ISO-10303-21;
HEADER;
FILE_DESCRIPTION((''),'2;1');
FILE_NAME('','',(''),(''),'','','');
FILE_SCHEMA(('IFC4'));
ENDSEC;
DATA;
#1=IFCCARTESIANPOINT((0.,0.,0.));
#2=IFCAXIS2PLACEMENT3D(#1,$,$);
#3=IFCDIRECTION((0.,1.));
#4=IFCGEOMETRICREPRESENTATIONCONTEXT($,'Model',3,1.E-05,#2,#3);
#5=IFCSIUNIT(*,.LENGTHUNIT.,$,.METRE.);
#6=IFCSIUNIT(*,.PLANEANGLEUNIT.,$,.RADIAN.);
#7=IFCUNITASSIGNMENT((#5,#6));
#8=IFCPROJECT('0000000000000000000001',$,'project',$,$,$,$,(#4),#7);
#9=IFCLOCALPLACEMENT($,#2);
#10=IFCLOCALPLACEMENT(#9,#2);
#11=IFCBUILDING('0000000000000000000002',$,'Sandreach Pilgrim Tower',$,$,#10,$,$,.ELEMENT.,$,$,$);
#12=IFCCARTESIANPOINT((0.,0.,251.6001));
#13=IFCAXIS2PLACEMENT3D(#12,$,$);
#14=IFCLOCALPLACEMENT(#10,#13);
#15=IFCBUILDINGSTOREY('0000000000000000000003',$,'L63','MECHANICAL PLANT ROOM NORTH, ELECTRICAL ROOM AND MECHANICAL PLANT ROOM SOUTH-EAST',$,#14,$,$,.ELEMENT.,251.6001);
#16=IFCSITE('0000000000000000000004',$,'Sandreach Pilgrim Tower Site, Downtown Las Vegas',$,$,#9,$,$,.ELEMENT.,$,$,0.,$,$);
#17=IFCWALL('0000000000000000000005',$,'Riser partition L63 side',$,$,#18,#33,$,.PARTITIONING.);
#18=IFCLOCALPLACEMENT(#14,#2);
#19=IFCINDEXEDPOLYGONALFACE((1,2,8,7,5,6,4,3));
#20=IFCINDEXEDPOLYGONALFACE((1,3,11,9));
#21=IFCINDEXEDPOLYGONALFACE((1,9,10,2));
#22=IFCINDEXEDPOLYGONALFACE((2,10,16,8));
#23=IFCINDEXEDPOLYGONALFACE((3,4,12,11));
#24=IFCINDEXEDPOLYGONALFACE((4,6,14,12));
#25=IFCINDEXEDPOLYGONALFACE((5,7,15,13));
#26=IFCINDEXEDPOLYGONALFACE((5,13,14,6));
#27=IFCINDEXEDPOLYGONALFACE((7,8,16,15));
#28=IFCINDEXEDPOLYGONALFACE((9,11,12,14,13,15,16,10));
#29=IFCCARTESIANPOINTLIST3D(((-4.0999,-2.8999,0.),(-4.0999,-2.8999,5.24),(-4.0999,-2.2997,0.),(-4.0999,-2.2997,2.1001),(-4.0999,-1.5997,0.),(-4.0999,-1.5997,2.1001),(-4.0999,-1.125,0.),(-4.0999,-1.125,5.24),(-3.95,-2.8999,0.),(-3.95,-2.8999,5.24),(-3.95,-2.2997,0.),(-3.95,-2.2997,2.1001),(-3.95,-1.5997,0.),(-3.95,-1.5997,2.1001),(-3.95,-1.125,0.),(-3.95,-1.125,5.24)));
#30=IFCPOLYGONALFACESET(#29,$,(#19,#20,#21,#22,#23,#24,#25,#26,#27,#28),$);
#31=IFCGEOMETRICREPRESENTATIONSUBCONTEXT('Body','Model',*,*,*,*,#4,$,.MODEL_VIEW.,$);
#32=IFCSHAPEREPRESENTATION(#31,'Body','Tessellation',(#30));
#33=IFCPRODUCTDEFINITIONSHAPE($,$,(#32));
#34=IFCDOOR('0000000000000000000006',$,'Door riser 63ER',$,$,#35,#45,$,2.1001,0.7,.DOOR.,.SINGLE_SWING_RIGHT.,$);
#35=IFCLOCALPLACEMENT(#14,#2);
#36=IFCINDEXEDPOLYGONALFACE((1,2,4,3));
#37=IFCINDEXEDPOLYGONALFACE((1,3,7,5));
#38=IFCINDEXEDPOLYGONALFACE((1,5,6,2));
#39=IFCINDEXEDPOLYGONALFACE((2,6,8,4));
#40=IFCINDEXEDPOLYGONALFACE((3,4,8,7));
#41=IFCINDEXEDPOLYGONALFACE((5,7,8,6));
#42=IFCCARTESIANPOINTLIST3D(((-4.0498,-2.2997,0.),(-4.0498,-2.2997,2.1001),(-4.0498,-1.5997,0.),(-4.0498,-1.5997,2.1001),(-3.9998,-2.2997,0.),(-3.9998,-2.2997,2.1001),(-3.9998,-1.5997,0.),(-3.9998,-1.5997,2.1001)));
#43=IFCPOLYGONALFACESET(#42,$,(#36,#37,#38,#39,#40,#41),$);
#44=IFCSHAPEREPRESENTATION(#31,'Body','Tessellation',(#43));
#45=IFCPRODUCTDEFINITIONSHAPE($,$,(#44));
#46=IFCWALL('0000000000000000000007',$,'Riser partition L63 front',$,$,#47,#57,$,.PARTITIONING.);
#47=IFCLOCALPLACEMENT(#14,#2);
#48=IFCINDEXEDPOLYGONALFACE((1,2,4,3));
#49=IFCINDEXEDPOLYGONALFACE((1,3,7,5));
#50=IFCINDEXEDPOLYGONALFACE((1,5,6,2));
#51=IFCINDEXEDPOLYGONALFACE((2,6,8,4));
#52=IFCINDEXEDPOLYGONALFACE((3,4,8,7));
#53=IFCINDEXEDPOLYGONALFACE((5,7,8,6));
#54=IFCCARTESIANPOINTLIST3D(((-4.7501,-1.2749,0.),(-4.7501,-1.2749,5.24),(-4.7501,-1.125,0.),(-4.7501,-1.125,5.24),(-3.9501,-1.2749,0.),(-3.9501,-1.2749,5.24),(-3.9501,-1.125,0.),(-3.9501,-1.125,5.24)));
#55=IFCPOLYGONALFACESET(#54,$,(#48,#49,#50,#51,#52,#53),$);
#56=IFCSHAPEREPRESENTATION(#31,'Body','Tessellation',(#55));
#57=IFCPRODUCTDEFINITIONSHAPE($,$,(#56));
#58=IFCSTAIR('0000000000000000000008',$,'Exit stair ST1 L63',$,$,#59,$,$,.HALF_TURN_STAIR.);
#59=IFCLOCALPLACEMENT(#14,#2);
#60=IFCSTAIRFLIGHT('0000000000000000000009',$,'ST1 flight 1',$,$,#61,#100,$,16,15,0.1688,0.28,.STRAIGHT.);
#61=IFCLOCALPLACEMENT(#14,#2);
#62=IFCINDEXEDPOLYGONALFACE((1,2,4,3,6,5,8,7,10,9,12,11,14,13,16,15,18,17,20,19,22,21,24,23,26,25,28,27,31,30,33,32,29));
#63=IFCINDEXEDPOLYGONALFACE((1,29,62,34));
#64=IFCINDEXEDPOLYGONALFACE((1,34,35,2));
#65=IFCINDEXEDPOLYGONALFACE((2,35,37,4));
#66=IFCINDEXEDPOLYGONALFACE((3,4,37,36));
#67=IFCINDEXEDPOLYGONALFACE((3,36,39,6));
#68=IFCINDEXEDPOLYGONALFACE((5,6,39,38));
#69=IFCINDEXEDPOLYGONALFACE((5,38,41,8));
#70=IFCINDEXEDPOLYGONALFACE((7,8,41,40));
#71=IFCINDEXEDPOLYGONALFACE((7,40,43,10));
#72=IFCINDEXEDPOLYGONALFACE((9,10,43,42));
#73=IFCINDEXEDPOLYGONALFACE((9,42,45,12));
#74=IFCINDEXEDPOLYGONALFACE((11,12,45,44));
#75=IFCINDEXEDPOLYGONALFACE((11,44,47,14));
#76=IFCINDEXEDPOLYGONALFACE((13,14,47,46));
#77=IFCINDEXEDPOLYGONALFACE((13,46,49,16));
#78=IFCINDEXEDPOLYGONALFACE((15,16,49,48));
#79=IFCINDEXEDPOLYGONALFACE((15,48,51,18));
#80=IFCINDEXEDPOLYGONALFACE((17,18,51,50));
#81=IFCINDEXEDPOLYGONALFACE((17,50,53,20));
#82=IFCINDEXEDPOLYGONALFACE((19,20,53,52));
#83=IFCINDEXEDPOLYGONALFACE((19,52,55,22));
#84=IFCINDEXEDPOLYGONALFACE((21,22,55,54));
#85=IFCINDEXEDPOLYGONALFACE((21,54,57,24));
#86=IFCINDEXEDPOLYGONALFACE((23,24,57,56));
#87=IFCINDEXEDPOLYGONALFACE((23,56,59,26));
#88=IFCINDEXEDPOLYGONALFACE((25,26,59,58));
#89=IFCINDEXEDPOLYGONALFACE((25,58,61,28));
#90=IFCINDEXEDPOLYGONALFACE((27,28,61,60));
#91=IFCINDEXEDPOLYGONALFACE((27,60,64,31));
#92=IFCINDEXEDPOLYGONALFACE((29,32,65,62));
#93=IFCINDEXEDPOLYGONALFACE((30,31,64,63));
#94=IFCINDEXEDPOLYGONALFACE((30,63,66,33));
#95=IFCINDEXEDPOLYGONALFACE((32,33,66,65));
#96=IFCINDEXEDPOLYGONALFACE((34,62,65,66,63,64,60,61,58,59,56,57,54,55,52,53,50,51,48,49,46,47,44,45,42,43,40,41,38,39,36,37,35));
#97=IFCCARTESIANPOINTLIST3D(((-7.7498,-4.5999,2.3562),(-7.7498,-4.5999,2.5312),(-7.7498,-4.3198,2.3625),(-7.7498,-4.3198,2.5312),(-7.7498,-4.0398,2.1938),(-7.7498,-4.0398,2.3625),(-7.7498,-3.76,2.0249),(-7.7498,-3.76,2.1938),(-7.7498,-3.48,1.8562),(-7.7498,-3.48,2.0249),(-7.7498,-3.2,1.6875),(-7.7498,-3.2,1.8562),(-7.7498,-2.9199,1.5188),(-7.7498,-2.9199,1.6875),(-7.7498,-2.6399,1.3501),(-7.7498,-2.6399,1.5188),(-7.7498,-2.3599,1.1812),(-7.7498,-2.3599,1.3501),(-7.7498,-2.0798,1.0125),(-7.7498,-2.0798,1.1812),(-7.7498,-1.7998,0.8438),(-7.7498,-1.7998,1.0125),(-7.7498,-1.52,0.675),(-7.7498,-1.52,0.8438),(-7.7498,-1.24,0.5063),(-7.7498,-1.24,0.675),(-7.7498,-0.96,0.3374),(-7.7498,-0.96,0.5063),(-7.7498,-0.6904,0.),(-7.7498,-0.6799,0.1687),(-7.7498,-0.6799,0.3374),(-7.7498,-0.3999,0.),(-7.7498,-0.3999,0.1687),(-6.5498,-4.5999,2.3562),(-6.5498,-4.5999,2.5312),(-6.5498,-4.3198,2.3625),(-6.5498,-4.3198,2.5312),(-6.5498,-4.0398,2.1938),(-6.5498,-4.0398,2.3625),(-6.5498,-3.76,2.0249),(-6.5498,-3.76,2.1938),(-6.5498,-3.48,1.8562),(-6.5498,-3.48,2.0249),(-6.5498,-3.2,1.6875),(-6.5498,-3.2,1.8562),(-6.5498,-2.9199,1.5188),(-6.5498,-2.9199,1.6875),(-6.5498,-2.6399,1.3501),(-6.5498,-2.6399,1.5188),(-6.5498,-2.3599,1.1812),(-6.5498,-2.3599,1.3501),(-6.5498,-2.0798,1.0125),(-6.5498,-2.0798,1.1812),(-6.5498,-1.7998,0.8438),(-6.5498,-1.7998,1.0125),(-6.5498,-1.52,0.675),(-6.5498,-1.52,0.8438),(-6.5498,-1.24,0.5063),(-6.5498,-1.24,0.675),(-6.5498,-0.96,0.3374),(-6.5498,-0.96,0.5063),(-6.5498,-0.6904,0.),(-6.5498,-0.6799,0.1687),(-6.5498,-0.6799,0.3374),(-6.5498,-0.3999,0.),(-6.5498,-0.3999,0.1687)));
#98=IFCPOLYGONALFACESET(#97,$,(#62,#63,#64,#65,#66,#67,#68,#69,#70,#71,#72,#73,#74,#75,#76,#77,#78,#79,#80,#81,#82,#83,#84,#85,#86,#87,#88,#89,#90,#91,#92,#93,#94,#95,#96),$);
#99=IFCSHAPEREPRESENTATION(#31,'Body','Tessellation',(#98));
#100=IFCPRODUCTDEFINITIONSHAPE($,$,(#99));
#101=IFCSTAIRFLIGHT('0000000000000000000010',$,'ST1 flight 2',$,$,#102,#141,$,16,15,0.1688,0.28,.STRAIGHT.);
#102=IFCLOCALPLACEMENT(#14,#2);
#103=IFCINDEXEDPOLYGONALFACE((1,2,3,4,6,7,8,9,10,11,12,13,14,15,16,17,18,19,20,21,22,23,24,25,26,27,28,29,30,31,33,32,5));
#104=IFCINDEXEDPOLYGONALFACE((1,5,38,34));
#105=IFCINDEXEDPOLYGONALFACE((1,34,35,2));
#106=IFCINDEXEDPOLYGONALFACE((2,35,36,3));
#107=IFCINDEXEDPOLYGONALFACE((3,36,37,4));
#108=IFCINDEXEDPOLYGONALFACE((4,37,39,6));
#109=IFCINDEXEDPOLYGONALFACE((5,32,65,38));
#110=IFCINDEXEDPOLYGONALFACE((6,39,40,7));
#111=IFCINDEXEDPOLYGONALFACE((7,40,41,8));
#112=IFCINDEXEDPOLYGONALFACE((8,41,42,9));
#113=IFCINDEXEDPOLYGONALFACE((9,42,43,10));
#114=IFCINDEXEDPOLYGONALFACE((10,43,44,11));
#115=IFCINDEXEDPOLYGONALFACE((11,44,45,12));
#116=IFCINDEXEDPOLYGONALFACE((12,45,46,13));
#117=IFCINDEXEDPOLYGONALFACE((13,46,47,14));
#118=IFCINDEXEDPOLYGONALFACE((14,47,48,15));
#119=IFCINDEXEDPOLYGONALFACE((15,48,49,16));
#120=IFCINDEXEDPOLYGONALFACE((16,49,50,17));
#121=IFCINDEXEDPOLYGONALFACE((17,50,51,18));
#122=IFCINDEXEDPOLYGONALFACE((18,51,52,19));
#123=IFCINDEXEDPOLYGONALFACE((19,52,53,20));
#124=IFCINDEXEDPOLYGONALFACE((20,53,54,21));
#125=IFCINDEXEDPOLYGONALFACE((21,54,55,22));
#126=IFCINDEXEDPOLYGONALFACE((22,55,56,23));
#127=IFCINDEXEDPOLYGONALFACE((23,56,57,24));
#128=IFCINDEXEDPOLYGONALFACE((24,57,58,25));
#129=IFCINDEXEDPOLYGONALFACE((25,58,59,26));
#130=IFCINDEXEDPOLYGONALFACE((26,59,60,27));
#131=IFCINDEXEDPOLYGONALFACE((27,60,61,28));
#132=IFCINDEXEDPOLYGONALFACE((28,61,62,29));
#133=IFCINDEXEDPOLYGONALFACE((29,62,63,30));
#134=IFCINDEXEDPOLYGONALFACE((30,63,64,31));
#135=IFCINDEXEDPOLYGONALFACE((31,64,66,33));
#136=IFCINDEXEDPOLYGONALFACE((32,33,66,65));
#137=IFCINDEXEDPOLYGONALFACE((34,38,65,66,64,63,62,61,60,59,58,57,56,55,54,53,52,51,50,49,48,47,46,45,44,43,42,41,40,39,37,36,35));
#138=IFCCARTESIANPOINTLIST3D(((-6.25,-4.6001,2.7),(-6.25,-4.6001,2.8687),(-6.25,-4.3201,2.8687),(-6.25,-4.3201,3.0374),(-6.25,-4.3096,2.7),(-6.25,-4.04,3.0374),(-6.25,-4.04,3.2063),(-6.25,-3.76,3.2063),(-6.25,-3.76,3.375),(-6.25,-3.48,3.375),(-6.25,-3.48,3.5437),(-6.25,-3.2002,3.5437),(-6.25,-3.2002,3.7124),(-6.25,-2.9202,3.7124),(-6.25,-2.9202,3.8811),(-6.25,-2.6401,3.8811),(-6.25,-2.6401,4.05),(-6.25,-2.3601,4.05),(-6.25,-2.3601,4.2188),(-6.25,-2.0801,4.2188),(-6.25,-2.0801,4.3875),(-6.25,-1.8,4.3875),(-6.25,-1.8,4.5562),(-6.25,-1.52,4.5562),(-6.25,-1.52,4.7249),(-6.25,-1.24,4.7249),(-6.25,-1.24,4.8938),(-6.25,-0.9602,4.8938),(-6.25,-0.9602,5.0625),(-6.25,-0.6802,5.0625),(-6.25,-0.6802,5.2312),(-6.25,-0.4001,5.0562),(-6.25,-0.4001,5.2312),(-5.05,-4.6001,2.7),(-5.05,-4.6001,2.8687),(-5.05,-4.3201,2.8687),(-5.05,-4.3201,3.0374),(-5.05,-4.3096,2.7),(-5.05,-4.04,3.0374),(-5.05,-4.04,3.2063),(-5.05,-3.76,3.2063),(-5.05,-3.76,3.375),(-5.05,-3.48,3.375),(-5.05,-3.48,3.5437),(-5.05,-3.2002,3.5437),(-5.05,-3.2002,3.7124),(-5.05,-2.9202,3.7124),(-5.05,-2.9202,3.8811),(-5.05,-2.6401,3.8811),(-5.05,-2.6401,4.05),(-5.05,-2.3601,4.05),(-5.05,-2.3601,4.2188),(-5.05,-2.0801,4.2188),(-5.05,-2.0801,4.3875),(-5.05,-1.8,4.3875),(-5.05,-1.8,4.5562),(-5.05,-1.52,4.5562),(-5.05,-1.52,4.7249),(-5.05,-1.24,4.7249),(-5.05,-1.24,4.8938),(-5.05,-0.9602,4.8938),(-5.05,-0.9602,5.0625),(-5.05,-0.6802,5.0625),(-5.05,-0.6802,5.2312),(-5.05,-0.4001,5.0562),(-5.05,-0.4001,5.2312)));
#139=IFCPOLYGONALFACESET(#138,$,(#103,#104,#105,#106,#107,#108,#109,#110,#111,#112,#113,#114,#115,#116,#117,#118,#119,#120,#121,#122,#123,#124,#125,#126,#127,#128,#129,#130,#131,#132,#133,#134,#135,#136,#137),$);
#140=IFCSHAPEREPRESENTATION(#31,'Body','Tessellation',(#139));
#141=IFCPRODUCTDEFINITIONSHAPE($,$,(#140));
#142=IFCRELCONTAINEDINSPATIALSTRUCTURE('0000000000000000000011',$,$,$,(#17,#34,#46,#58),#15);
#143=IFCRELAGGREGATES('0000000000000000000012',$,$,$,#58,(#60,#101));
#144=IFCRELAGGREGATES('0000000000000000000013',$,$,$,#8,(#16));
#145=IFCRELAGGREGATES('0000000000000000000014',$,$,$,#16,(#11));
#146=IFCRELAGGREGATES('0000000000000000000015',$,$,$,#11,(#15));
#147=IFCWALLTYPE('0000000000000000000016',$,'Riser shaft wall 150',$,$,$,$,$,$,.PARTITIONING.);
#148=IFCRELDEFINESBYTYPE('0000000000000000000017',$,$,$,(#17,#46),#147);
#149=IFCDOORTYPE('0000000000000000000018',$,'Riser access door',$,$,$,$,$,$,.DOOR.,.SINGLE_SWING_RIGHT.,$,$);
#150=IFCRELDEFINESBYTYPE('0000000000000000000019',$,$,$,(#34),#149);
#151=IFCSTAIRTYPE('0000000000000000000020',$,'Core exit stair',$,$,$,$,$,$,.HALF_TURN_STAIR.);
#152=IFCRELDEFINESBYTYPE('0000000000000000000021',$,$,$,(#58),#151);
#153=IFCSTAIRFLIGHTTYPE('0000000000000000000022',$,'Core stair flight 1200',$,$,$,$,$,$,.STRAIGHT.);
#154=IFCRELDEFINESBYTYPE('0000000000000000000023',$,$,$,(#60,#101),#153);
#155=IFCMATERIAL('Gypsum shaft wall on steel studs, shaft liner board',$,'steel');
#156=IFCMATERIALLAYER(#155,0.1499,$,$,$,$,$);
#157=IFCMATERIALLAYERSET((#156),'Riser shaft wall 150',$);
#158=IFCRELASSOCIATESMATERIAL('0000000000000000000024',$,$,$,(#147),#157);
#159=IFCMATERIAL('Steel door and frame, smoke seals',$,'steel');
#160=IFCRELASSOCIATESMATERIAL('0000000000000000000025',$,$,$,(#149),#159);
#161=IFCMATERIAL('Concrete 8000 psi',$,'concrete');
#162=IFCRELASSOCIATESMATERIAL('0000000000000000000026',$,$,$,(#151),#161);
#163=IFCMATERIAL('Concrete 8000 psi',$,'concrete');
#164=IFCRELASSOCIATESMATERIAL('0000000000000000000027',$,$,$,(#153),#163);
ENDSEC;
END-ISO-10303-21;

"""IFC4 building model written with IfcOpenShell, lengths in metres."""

from ifc_helpers import new_model, si_unit, direction, frame, frame_2d, origin, place, context, subcontext, project, spatial, polyline, rectangle, outline, extrude, material, layer, layer_set, type_object, element, fill, aggregate, save


model = new_model("IFC4")

# Units and contexts
model_context = context("Model", 3, precision=1e-05, world=origin(), true_north=direction((0.0, 1.0)))
body_context = subcontext(model_context, "Body", "Model", "MODEL_VIEW")
ifc_project = project(units=[si_unit("LENGTHUNIT", "METRE"), si_unit("PLANEANGLEUNIT", "RADIAN")], contexts=[model_context])

# Site, building, storey
site_placement = place(None, origin())
site = spatial("IfcSite", under=ifc_project, at=site_placement, Name="Sandreach Pilgrim Tower Site, Downtown Las Vegas", CompositionType="ELEMENT", RefElevation=0.0)
building_placement = place(site_placement, origin())
building = spatial("IfcBuilding", under=site, at=building_placement, Name="Sandreach Pilgrim Tower", CompositionType="ELEMENT")
storey_placement = place(building_placement, frame((0.0, 0.0, 251.6001)))
storey = spatial("IfcBuildingStorey", under=building, at=storey_placement, Name="L63", Description="MECHANICAL PLANT ROOM NORTH, ELECTRICAL ROOM AND MECHANICAL PLANT ROOM SOUTH-EAST", CompositionType="ELEMENT", Elevation=251.6001)

# Wall, opening, door
ifc_material_1 = material(Name="Gypsum shaft wall on steel studs, shaft liner board", Category="steel")
ifc_layer_1 = layer(ifc_material_1, 0.1499)
ifc_layer_set_1 = layer_set([ifc_layer_1], Name="Riser shaft wall 150")
wall_type_1 = type_object("IfcWallType", Name="Riser shaft wall 150", PredefinedType="PARTITIONING", material=ifc_layer_set_1)
wall_1_placement = place(storey_placement, frame((-4.0249, -2.8999, 0.0), z_axis=(0.0, 0.0, 1.0), x_axis=(0.0, 1.0, 0.0)))
wall_1 = element("IfcWall", 1, at=wall_1_placement, inside=storey, type_object=wall_type_1, Name="Riser partition L63 side", PredefinedType="PARTITIONING", context=body_context, shape_type="SweptSolid", body=[
    extrude(rectangle(XDim=1.7749, YDim=0.1499, at=frame_2d((0.8875, 0.0))), origin(), (0.0, 0.0, 1.0), 5.24),
])
opening_1_placement = place(wall_1_placement, frame((0.6001, 0.0, 0.0)))
opening_1 = element("IfcOpeningElement", 2, at=opening_1_placement, cuts=wall_1, PredefinedType="OPENING", context=body_context, shape_type="SweptSolid", body=[
    extrude(rectangle(XDim=0.7, YDim=2.1001, at=frame_2d((0.3501, 1.05))), frame((0.0, 0.075, 0.0), z_axis=(0.0, -1.0, 0.0), x_axis=(1.0, 0.0, 0.0)), (0.0, 0.0, 1.0), 0.1499),
])
ifc_material_2 = material(Name="Steel door and frame, smoke seals", Category="steel")
door_type_1 = type_object("IfcDoorType", Name="Riser access door", OperationType="SINGLE_SWING_RIGHT", PredefinedType="DOOR", material=ifc_material_2)
door_1_placement = place(opening_1_placement, origin())
door_1 = element("IfcDoor", 3, at=door_1_placement, inside=storey, type_object=door_type_1, Name="Door riser 63ER", OperationType="SINGLE_SWING_RIGHT", OverallHeight=2.1001, OverallWidth=0.7, PredefinedType="DOOR", context=body_context, shape_type="SweptSolid", body=[
    extrude(rectangle(XDim=0.7, YDim=2.1001, at=frame_2d((0.3501, 1.05))), frame((0.0, 0.0249, 0.0), z_axis=(0.0, -1.0, 0.0), x_axis=(1.0, 0.0, 0.0)), (0.0, 0.0, 1.0), 0.05),
])
fill(opening_1, door_1)

# Wall
wall_2_placement = place(storey_placement, frame((-4.75, -1.2, 0.0), z_axis=(0.0, 0.0, 1.0), x_axis=(1.0, 0.0, 0.0)))
element("IfcWall", 4, at=wall_2_placement, inside=storey, type_object=wall_type_1, Name="Riser partition L63 front", PredefinedType="PARTITIONING", context=body_context, shape_type="SweptSolid", body=[
    extrude(rectangle(XDim=0.8, YDim=0.1499, at=frame_2d((0.3999, 0.0))), origin(), (0.0, 0.0, 1.0), 5.24),
])

# Stair, stair flights
ifc_material_3 = material(Name="Concrete 8000 psi", Category="concrete")
stair_type = type_object("IfcStairType", Name="Core exit stair", PredefinedType="HALF_TURN_STAIR", material=ifc_material_3)
stair_1_placement = place(storey_placement, origin())
stair_1 = element("IfcStair", 5, at=stair_1_placement, inside=storey, type_object=stair_type, Name="Exit stair ST1 L63", PredefinedType="HALF_TURN_STAIR")
ifc_material_4 = material(Name="Concrete 8000 psi", Category="concrete")
stair_flight_type = type_object("IfcStairFlightType", Name="Core stair flight 1200", PredefinedType="STRAIGHT", material=ifc_material_4)
stair_flight_1_placement = place(storey_placement, frame((-7.1499, -0.3999, 0.0), z_axis=(0.0, 0.0, 1.0), x_axis=(0.0, -1.0, 0.0)))
stair_flight_1 = element("IfcStairFlight", 6, at=stair_flight_1_placement, type_object=stair_flight_type, Name="ST1 flight 1", NumberOfRisers=16, NumberOfTreads=15, PredefinedType="STRAIGHT", RiserHeight=0.1688, TreadLength=0.28, context=body_context, shape_type="SweptSolid", body=[
    extrude(outline(polyline([(0.0, 0.0), (0.0, 0.1687), (0.28, 0.1687), (0.28, 0.3374), (0.5601, 0.3374), (0.5601, 0.5063), (0.8401, 0.5063), (0.8401, 0.675), (1.1201, 0.675), (1.1201, 0.8438), (1.3999, 0.8438), (1.3999, 1.0125), (1.6799, 1.0125), (1.6799, 1.1812), (1.96, 1.1812), (1.96, 1.3501), (2.24, 1.3501), (2.24, 1.5188), (2.52, 1.5188), (2.52, 1.6875), (2.8, 1.6875), (2.8, 1.8562), (3.0801, 1.8562), (3.0801, 2.0249), (3.3601, 2.0249), (3.3601, 2.1938), (3.6399, 2.1938), (3.6399, 2.3625), (3.9199, 2.3625), (3.9199, 2.5312), (4.2, 2.5312), (4.2, 2.7), (4.2, 2.3562), (0.2905, 0.0), (0.0, 0.0)])), frame((0.0, 0.6001, 0.0), z_axis=(0.0, -1.0, 0.0), x_axis=(1.0, 0.0, 0.0)), (0.0, 0.0, 1.0), 1.2),
])
stair_flight_2_placement = place(storey_placement, frame((-5.6499, -4.6001, 2.7), z_axis=(0.0, 0.0, 1.0), x_axis=(0.0, 1.0, 0.0)))
stair_flight_2 = element("IfcStairFlight", 7, at=stair_flight_2_placement, type_object=stair_flight_type, Name="ST1 flight 2", NumberOfRisers=16, NumberOfTreads=15, PredefinedType="STRAIGHT", RiserHeight=0.1688, TreadLength=0.28, context=body_context, shape_type="SweptSolid", body=[
    extrude(outline(polyline([(0.0, 0.0), (0.0, 0.1687), (0.28, 0.1687), (0.28, 0.3374), (0.5601, 0.3374), (0.5601, 0.5063), (0.8401, 0.5063), (0.8401, 0.675), (1.1201, 0.675), (1.1201, 0.8438), (1.3999, 0.8438), (1.3999, 1.0125), (1.6799, 1.0125), (1.6799, 1.1812), (1.96, 1.1812), (1.96, 1.3501), (2.24, 1.3501), (2.24, 1.5188), (2.52, 1.5188), (2.52, 1.6875), (2.8, 1.6875), (2.8, 1.8562), (3.0801, 1.8562), (3.0801, 2.0249), (3.3601, 2.0249), (3.3601, 2.1938), (3.6399, 2.1938), (3.6399, 2.3625), (3.9199, 2.3625), (3.9199, 2.5312), (4.2, 2.5312), (4.2, 2.7), (4.2, 2.3562), (0.2905, 0.0), (0.0, 0.0)])), frame((0.0, 0.6001, 0.0), z_axis=(0.0, -1.0, 0.0), x_axis=(1.0, 0.0, 0.0)), (0.0, 0.0, 1.0), 1.2),
])
aggregate(stair_1, [stair_flight_1, stair_flight_2])

save(model, "model.ifc")
